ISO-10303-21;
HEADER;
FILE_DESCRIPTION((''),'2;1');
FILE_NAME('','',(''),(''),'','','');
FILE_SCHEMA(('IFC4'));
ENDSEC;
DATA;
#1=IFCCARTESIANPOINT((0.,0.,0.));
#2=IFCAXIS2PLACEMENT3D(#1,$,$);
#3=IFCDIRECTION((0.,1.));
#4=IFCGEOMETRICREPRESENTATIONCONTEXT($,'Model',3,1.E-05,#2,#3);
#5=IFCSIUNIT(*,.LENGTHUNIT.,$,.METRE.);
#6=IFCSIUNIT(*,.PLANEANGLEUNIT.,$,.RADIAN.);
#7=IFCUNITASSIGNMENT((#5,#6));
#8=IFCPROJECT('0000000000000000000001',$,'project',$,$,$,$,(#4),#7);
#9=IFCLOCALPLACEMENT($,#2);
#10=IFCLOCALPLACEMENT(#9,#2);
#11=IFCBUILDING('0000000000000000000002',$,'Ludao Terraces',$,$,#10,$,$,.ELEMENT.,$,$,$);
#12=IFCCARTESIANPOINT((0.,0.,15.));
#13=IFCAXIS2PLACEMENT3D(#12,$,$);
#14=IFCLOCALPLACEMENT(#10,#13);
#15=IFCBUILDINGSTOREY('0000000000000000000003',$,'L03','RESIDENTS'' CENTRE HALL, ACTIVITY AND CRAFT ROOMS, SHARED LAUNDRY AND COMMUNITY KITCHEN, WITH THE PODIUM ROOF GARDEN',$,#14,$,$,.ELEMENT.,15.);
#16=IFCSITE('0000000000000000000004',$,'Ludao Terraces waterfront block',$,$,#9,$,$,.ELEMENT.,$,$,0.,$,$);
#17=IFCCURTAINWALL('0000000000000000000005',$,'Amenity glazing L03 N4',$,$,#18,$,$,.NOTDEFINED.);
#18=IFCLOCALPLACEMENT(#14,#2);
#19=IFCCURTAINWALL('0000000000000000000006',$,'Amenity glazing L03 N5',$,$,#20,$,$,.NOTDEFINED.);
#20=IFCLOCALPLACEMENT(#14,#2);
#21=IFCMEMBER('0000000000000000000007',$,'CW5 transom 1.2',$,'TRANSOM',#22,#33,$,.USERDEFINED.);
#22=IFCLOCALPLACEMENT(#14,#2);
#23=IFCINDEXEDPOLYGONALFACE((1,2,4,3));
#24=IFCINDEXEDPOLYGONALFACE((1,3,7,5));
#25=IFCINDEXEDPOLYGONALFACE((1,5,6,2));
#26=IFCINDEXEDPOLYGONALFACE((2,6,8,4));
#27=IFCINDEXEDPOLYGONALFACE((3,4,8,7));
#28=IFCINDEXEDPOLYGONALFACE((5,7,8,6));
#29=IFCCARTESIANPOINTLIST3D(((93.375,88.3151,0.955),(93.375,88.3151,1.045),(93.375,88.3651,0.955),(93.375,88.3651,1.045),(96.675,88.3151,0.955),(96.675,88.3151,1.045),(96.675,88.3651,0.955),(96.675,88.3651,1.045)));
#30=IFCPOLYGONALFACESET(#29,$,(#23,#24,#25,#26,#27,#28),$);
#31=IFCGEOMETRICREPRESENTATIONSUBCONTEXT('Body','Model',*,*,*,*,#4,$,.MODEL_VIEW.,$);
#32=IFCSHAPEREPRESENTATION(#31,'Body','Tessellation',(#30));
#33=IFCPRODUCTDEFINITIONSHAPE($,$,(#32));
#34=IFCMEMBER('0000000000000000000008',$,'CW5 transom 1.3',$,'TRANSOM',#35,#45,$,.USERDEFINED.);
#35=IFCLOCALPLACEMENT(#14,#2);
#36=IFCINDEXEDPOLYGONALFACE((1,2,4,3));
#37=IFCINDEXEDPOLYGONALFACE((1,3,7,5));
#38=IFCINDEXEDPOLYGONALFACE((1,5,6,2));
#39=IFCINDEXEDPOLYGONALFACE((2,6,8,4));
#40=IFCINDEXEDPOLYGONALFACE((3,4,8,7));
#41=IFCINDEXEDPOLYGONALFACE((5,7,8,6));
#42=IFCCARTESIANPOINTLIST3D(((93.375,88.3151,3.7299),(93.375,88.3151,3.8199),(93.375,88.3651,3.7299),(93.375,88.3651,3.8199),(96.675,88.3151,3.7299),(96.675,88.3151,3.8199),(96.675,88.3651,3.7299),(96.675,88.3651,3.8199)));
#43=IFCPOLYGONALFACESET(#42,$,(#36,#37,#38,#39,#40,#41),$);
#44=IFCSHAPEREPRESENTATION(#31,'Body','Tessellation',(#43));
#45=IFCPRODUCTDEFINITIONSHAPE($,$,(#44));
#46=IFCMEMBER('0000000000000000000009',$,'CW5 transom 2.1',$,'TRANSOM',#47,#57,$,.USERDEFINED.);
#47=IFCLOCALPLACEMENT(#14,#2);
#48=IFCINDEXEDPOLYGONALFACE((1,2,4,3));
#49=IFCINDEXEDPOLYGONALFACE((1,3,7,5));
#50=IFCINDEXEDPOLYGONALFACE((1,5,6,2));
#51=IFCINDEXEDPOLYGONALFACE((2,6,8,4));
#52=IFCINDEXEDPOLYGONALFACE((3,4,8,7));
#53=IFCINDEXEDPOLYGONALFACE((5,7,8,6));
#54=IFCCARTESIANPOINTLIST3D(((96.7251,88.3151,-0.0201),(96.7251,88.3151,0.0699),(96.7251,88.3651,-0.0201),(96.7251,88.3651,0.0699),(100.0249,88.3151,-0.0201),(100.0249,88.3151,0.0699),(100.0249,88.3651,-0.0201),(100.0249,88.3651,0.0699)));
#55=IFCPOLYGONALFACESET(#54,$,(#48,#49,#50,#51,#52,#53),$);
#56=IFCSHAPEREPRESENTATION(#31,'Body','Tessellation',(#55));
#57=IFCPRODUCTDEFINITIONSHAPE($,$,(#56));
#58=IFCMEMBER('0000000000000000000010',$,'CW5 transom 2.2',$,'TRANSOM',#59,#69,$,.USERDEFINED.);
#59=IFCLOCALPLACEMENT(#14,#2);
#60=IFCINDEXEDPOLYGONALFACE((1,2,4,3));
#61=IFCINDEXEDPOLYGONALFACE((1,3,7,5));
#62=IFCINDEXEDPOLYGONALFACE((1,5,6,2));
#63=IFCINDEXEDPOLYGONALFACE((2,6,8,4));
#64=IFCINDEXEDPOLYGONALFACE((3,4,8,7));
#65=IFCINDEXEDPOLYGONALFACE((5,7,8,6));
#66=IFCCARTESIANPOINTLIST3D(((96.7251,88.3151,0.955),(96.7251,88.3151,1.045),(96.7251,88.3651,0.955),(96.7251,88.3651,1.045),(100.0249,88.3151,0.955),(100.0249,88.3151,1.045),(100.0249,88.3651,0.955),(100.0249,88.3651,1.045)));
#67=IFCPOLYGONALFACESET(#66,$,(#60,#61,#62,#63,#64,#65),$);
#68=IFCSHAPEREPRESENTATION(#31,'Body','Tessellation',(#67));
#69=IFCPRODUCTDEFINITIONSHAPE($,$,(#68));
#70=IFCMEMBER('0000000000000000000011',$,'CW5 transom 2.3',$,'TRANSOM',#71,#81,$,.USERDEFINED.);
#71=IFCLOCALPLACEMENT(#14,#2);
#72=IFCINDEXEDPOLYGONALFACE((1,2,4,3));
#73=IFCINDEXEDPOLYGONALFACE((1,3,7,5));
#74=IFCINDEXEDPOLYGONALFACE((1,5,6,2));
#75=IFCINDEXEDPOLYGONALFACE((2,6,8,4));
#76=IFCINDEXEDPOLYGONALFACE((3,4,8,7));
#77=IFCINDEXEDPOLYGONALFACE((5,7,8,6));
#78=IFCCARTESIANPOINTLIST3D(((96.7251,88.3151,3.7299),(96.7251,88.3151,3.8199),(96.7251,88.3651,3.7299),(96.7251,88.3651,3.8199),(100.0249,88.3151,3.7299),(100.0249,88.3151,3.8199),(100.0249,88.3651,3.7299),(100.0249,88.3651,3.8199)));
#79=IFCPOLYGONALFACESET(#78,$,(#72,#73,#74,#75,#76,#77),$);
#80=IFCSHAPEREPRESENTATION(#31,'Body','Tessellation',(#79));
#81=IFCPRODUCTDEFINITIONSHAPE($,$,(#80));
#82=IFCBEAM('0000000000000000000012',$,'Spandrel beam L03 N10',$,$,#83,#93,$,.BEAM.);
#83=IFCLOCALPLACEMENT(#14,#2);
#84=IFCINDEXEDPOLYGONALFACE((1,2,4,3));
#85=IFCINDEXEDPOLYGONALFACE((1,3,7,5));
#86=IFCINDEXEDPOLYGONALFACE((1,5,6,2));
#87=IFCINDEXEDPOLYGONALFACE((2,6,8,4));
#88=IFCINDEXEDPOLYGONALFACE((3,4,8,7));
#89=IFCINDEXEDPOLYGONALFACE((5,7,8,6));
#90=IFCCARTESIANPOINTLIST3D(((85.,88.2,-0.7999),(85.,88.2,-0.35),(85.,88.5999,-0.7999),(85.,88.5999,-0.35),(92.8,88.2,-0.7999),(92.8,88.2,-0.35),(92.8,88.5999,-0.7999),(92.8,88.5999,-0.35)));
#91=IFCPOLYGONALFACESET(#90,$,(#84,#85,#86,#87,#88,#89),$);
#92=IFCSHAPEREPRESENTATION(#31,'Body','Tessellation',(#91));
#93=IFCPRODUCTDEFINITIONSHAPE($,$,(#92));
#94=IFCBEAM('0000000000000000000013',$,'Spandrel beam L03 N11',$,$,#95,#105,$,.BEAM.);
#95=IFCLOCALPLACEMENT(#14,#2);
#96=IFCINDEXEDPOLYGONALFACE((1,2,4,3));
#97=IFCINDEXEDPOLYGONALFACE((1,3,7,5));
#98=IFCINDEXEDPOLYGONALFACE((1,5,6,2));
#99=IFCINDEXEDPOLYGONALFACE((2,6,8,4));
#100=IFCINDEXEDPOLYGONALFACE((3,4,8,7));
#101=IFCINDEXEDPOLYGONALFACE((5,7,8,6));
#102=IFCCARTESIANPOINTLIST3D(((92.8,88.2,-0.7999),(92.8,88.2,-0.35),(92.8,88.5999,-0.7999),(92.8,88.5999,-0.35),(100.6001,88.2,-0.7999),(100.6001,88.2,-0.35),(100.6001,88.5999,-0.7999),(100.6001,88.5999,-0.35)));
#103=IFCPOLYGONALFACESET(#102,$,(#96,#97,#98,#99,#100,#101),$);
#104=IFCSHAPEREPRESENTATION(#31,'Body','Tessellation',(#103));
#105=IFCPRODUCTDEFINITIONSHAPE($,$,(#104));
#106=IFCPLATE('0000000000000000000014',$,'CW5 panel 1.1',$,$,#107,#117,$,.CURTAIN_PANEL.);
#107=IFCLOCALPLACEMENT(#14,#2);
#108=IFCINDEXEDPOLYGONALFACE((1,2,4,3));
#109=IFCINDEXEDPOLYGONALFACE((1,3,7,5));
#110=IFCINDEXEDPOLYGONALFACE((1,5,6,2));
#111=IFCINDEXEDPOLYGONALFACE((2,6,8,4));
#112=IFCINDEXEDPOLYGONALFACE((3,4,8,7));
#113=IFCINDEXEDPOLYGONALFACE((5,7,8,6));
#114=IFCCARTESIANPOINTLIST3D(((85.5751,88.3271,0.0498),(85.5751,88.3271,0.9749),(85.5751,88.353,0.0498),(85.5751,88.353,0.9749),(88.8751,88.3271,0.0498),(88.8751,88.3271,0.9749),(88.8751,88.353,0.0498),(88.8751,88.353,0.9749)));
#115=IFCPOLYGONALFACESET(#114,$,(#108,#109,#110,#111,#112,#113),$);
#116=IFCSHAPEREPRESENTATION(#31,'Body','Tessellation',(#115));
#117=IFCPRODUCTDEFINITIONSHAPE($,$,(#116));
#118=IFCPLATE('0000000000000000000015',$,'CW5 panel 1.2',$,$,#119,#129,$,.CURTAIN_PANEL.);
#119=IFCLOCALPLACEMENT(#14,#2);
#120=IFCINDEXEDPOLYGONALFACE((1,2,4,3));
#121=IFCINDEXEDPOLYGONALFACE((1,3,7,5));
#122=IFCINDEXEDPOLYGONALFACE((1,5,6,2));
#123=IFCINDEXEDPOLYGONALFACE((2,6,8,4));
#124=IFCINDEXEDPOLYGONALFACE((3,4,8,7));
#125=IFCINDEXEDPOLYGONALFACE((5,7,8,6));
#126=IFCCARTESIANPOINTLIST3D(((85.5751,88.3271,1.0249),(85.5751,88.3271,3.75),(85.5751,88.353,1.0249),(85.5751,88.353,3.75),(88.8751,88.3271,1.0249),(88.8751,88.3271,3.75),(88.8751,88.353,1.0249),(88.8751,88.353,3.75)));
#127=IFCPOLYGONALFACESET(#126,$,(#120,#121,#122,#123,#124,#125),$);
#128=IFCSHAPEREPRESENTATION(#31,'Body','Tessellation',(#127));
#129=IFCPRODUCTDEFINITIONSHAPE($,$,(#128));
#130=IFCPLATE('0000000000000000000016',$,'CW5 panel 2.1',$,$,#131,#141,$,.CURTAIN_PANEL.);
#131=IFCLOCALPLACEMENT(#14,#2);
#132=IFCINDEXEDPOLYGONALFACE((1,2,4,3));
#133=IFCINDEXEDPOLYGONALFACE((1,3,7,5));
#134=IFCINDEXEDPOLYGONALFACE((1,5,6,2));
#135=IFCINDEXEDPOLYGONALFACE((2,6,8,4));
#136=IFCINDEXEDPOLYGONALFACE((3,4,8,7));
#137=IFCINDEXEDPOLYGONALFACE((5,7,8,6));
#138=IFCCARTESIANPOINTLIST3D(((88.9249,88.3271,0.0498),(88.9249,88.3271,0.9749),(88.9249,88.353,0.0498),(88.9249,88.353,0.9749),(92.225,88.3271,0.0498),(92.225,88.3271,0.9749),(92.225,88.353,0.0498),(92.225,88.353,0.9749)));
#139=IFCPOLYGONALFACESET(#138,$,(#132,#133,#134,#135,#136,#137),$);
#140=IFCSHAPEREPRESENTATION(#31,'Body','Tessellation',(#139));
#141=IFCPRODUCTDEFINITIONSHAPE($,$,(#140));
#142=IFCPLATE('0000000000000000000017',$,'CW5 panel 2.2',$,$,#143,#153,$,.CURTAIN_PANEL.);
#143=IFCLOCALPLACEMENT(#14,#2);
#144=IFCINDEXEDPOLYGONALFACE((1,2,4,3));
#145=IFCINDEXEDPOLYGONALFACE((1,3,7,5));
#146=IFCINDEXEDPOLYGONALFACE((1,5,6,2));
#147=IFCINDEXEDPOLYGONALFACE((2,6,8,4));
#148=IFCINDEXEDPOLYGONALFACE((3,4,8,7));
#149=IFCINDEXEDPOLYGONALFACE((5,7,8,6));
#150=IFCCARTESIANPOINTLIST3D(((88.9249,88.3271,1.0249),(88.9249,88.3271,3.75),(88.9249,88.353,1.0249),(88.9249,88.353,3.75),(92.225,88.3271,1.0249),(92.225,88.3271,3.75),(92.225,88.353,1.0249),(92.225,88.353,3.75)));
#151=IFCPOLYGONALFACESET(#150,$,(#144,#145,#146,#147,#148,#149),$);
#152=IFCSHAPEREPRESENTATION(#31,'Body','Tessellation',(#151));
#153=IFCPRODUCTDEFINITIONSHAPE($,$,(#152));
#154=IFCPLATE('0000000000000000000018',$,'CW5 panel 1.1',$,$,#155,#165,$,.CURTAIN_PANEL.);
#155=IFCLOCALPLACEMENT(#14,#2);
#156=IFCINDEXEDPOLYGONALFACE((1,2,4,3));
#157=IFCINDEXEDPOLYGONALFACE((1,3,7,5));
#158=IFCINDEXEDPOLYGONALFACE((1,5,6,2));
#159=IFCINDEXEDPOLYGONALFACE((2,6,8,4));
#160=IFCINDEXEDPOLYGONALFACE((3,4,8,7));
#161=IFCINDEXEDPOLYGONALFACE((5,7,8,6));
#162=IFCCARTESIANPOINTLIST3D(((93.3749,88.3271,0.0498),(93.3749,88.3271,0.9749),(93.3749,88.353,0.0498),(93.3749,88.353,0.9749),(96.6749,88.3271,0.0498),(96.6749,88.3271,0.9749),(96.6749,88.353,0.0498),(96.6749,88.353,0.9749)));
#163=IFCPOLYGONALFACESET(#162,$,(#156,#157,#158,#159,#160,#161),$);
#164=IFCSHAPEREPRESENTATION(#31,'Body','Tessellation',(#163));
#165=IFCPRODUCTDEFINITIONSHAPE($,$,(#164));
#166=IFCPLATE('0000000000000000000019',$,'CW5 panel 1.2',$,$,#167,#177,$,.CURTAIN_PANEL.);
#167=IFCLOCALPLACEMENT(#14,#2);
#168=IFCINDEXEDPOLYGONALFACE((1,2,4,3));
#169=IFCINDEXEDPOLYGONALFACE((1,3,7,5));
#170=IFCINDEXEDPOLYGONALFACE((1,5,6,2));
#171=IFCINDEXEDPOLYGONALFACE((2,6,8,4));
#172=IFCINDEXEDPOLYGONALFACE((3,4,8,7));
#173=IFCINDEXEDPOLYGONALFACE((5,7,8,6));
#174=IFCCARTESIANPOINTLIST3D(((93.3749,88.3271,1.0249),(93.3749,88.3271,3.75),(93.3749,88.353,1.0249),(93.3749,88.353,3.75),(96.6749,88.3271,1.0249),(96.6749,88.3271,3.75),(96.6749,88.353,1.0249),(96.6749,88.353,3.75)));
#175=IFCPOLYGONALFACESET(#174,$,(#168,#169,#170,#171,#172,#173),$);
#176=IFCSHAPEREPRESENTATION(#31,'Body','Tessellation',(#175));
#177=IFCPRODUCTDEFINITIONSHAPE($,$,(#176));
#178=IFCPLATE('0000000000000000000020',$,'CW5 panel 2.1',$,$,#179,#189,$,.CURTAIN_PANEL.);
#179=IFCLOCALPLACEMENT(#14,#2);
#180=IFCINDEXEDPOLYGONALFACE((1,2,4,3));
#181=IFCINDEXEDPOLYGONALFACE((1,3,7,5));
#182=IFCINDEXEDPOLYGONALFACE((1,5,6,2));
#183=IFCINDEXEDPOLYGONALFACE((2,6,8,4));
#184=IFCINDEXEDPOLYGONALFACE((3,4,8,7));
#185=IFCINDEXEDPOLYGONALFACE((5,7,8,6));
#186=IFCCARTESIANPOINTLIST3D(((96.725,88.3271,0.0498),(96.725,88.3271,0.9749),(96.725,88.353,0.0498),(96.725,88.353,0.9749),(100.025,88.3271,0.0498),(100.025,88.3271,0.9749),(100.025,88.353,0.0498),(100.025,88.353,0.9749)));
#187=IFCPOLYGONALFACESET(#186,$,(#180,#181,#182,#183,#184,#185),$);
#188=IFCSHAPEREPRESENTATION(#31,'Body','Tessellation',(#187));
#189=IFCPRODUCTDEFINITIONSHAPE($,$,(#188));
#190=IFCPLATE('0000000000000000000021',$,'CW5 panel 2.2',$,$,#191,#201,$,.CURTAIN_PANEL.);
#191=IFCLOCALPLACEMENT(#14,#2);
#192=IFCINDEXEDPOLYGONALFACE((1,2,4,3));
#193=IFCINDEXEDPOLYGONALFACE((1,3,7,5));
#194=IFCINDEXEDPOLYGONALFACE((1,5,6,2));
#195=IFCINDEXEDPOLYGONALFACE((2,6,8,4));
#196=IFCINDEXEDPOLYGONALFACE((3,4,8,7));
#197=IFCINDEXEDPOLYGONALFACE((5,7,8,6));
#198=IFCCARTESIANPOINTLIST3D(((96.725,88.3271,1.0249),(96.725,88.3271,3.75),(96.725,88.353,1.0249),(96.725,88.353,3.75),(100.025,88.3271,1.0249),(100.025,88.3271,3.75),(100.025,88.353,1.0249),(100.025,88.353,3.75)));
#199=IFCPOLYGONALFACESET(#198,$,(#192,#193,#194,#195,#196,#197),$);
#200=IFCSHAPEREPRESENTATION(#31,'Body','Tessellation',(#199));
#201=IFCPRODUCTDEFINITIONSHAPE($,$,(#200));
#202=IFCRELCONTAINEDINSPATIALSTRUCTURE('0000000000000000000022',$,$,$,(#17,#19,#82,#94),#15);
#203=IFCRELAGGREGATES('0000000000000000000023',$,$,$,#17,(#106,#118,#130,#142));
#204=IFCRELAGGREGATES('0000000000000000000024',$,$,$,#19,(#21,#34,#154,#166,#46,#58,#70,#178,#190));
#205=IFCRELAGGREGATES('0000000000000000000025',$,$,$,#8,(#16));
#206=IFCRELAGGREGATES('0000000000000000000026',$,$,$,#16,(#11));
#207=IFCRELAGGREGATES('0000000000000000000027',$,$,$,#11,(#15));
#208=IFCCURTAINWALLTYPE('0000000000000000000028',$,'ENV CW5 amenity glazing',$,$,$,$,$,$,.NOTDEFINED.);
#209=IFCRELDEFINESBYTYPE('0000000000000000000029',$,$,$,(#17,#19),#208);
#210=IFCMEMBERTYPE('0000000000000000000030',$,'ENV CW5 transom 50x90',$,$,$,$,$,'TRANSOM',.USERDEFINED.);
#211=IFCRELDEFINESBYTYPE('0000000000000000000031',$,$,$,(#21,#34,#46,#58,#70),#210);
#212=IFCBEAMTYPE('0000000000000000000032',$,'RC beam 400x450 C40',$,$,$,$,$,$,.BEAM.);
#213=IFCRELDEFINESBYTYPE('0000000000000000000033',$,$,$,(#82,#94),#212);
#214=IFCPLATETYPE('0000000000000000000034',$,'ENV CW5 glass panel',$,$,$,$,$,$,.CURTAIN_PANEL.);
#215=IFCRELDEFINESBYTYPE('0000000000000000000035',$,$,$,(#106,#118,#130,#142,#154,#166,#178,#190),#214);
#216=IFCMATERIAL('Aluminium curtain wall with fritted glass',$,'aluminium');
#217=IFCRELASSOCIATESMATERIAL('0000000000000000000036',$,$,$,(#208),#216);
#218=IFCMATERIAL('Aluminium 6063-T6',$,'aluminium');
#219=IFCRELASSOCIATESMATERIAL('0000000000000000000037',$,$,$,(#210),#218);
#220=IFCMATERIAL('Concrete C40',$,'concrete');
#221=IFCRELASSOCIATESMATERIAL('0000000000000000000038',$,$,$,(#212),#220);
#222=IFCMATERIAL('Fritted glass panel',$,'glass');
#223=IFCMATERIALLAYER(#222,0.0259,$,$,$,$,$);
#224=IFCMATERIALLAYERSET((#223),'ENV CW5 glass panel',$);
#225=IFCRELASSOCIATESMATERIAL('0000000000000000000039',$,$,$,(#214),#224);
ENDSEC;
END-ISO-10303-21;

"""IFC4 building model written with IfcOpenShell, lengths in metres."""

from ifc_helpers import new_model, si_unit, direction, frame, origin, origin_2d, place, context, subcontext, project, spatial, rectangle, extrude, material, layer, layer_set, material_profile, profile_set, type_object, element, aggregate, save


model = new_model("IFC4")

# Units and contexts
model_context = context("Model", 3, precision=1e-05, world=origin(), true_north=direction((0.0, 1.0)))
body_context = subcontext(model_context, "Body", "Model", "MODEL_VIEW")
ifc_project = project(units=[si_unit("LENGTHUNIT", "METRE"), si_unit("PLANEANGLEUNIT", "RADIAN")], contexts=[model_context])

# Site, building, storey
site_placement = place(None, origin())
site = spatial("IfcSite", under=ifc_project, at=site_placement, Name="Ludao Terraces waterfront block", CompositionType="ELEMENT", RefElevation=0.0)
building_placement = place(site_placement, origin())
building = spatial("IfcBuilding", under=site, at=building_placement, Name="Ludao Terraces", CompositionType="ELEMENT")
storey_placement = place(building_placement, frame((0.0, 0.0, 15.0)))
storey = spatial("IfcBuildingStorey", under=building, at=storey_placement, Name="L03", Description="RESIDENTS' CENTRE HALL, ACTIVITY AND CRAFT ROOMS, SHARED LAUNDRY AND COMMUNITY KITCHEN, WITH THE PODIUM ROOF GARDEN", CompositionType="ELEMENT", Elevation=15.0)

# Curtain walls
ifc_material_1 = material(Name="Aluminium curtain wall with fritted glass", Category="aluminium")
curtain_wall_type = type_object("IfcCurtainWallType", Name="ENV CW5 amenity glazing", PredefinedType="NOTDEFINED", material=ifc_material_1)
curtain_wall_1_placement = place(storey_placement, origin())
curtain_wall_1 = element("IfcCurtainWall", 1, at=curtain_wall_1_placement, inside=storey, type_object=curtain_wall_type, Name="Amenity glazing L03 N4", PredefinedType="NOTDEFINED")
ifc_material_2 = material(Name="Aluminium 6063-T6", Category="aluminium")
curtain_wall_2_placement = place(storey_placement, origin())
curtain_wall_2 = element("IfcCurtainWall", 2, at=curtain_wall_2_placement, inside=storey, type_object=curtain_wall_type, Name="Amenity glazing L03 N5", PredefinedType="NOTDEFINED")

# Members
ifc_material_profile_1 = material_profile(ifc_material_2, rectangle(XDim=0.05, YDim=0.0901, at=origin_2d()), Name="50 X 90")
ifc_profile_set_1 = profile_set([ifc_material_profile_1], Name="Aluminium 6063-T6")
member_type_1 = type_object("IfcMemberType", Name="ENV CW5 transom 50x90", ElementType="TRANSOM", PredefinedType="USERDEFINED", material=ifc_profile_set_1)
member_1_placement = place(storey_placement, frame((93.375, 88.3401, 1.0), z_axis=(1.0, 0.0, 0.0), x_axis=(0.0, 1.0, 0.0)))
member_1 = element("IfcMember", 3, at=member_1_placement, type_object=member_type_1, Name="CW5 transom 1.2", ObjectType="TRANSOM", PredefinedType="USERDEFINED", context=body_context, shape_type="SweptSolid", body=[
    extrude(rectangle(XDim=0.05, YDim=0.0901, at=origin_2d()), origin(), (0.0, 0.0, 1.0), 3.3),
])
member_2_placement = place(storey_placement, frame((93.375, 88.3401, 3.7749), z_axis=(1.0, 0.0, 0.0), x_axis=(0.0, 1.0, 0.0)))
member_2 = element("IfcMember", 4, at=member_2_placement, type_object=member_type_1, Name="CW5 transom 1.3", ObjectType="TRANSOM", PredefinedType="USERDEFINED", context=body_context, shape_type="SweptSolid", body=[
    extrude(rectangle(XDim=0.05, YDim=0.0901, at=origin_2d()), origin(), (0.0, 0.0, 1.0), 3.3),
])
member_3_placement = place(storey_placement, frame((96.7251, 88.3401, 0.0249), z_axis=(1.0, 0.0, 0.0), x_axis=(0.0, 1.0, 0.0)))
member_3 = element("IfcMember", 5, at=member_3_placement, type_object=member_type_1, Name="CW5 transom 2.1", ObjectType="TRANSOM", PredefinedType="USERDEFINED", context=body_context, shape_type="SweptSolid", body=[
    extrude(rectangle(XDim=0.05, YDim=0.0901, at=origin_2d()), origin(), (0.0, 0.0, 1.0), 3.2998),
])
member_4_placement = place(storey_placement, frame((96.7251, 88.3401, 1.0), z_axis=(1.0, 0.0, 0.0), x_axis=(0.0, 1.0, 0.0)))
member_4 = element("IfcMember", 6, at=member_4_placement, type_object=member_type_1, Name="CW5 transom 2.2", ObjectType="TRANSOM", PredefinedType="USERDEFINED", context=body_context, shape_type="SweptSolid", body=[
    extrude(rectangle(XDim=0.05, YDim=0.0901, at=origin_2d()), origin(), (0.0, 0.0, 1.0), 3.2998),
])
member_5_placement = place(storey_placement, frame((96.7251, 88.3401, 3.7749), z_axis=(1.0, 0.0, 0.0), x_axis=(0.0, 1.0, 0.0)))
member_5 = element("IfcMember", 7, at=member_5_placement, type_object=member_type_1, Name="CW5 transom 2.3", ObjectType="TRANSOM", PredefinedType="USERDEFINED", context=body_context, shape_type="SweptSolid", body=[
    extrude(rectangle(XDim=0.05, YDim=0.0901, at=origin_2d()), origin(), (0.0, 0.0, 1.0), 3.2998),
])

# Beams
ifc_material_3 = material(Name="Concrete C40", Category="concrete")
ifc_material_profile_2 = material_profile(ifc_material_3, rectangle(XDim=0.3999, YDim=0.45, at=origin_2d()), Name="400 X 450")
ifc_profile_set_2 = profile_set([ifc_material_profile_2], Name="Concrete C40")
beam_type = type_object("IfcBeamType", Name="RC beam 400x450 C40", PredefinedType="BEAM", material=ifc_profile_set_2)
for number, where, z_axis, x_axis, name in (
    (8, (85.0, 88.3999, -0.575), (1.0, 0.0, 0.0), (0.0, 1.0, 0.0), "Spandrel beam L03 N10"),
    (9, (92.8, 88.3999, -0.575), (1.0, 0.0, 0.0), (0.0, 1.0, 0.0), "Spandrel beam L03 N11"),
):
    element("IfcBeam", number, at=place(storey_placement, frame(where, z_axis=z_axis, x_axis=x_axis)), inside=storey, type_object=beam_type, Name=name, PredefinedType="BEAM", context=body_context, shape_type="SweptSolid", body=[
        extrude(rectangle(XDim=0.3999, YDim=0.45, at=origin_2d()), origin(), (0.0, 0.0, 1.0), 7.8),
    ])

# Plates
ifc_material_4 = material(Name="Fritted glass panel", Category="glass")
ifc_layer_1 = layer(ifc_material_4, 0.0259)
ifc_layer_set_1 = layer_set([ifc_layer_1], Name="ENV CW5 glass panel")
plate_type = type_object("IfcPlateType", Name="ENV CW5 glass panel", PredefinedType="CURTAIN_PANEL", material=ifc_layer_set_1)
plate_1_placement = place(storey_placement, frame((87.2251, 88.3401, 0.0498), z_axis=(0.0, 0.0, 1.0), x_axis=(1.0, 0.0, 0.0)))
plate_1 = element("IfcPlate", 10, at=plate_1_placement, type_object=plate_type, Name="CW5 panel 1.1", PredefinedType="CURTAIN_PANEL", context=body_context, shape_type="SweptSolid", body=[
    extrude(rectangle(XDim=3.3, YDim=0.0259, at=origin_2d()), origin(), (0.0, 0.0, 1.0), 0.925),
])
plate_2_placement = place(storey_placement, frame((87.2251, 88.3401, 1.0249), z_axis=(0.0, 0.0, 1.0), x_axis=(1.0, 0.0, 0.0)))
plate_2 = element("IfcPlate", 11, at=plate_2_placement, type_object=plate_type, Name="CW5 panel 1.2", PredefinedType="CURTAIN_PANEL", context=body_context, shape_type="SweptSolid", body=[
    extrude(rectangle(XDim=3.3, YDim=0.0259, at=origin_2d()), origin(), (0.0, 0.0, 1.0), 2.7251),
])
plate_3_placement = place(storey_placement, frame((90.575, 88.3401, 0.0498), z_axis=(0.0, 0.0, 1.0), x_axis=(1.0, 0.0, 0.0)))
plate_3 = element("IfcPlate", 12, at=plate_3_placement, type_object=plate_type, Name="CW5 panel 2.1", PredefinedType="CURTAIN_PANEL", context=body_context, shape_type="SweptSolid", body=[
    extrude(rectangle(XDim=3.3, YDim=0.0259, at=origin_2d()), origin(), (0.0, 0.0, 1.0), 0.925),
])
plate_4_placement = place(storey_placement, frame((90.575, 88.3401, 1.0249), z_axis=(0.0, 0.0, 1.0), x_axis=(1.0, 0.0, 0.0)))
plate_4 = element("IfcPlate", 13, at=plate_4_placement, type_object=plate_type, Name="CW5 panel 2.2", PredefinedType="CURTAIN_PANEL", context=body_context, shape_type="SweptSolid", body=[
    extrude(rectangle(XDim=3.3, YDim=0.0259, at=origin_2d()), origin(), (0.0, 0.0, 1.0), 2.7251),
])
aggregate(curtain_wall_1, [plate_1, plate_2, plate_3, plate_4])
plate_5_placement = place(storey_placement, frame((95.0249, 88.3401, 0.0498), z_axis=(0.0, 0.0, 1.0), x_axis=(1.0, 0.0, 0.0)))
plate_5 = element("IfcPlate", 14, at=plate_5_placement, type_object=plate_type, Name="CW5 panel 1.1", PredefinedType="CURTAIN_PANEL", context=body_context, shape_type="SweptSolid", body=[
    extrude(rectangle(XDim=3.3, YDim=0.0259, at=origin_2d()), origin(), (0.0, 0.0, 1.0), 0.925),
])
plate_6_placement = place(storey_placement, frame((95.0249, 88.3401, 1.0249), z_axis=(0.0, 0.0, 1.0), x_axis=(1.0, 0.0, 0.0)))
plate_6 = element("IfcPlate", 15, at=plate_6_placement, type_object=plate_type, Name="CW5 panel 1.2", PredefinedType="CURTAIN_PANEL", context=body_context, shape_type="SweptSolid", body=[
    extrude(rectangle(XDim=3.3, YDim=0.0259, at=origin_2d()), origin(), (0.0, 0.0, 1.0), 2.7251),
])
plate_7_placement = place(storey_placement, frame((98.375, 88.3401, 0.0498), z_axis=(0.0, 0.0, 1.0), x_axis=(1.0, 0.0, 0.0)))
plate_7 = element("IfcPlate", 16, at=plate_7_placement, type_object=plate_type, Name="CW5 panel 2.1", PredefinedType="CURTAIN_PANEL", context=body_context, shape_type="SweptSolid", body=[
    extrude(rectangle(XDim=3.3, YDim=0.0259, at=origin_2d()), origin(), (0.0, 0.0, 1.0), 0.925),
])
plate_8_placement = place(storey_placement, frame((98.375, 88.3401, 1.0249), z_axis=(0.0, 0.0, 1.0), x_axis=(1.0, 0.0, 0.0)))
plate_8 = element("IfcPlate", 17, at=plate_8_placement, type_object=plate_type, Name="CW5 panel 2.2", PredefinedType="CURTAIN_PANEL", context=body_context, shape_type="SweptSolid", body=[
    extrude(rectangle(XDim=3.3, YDim=0.0259, at=origin_2d()), origin(), (0.0, 0.0, 1.0), 2.7251),
])
aggregate(curtain_wall_2, [member_1, member_2, plate_5, plate_6, member_3, member_4, member_5, plate_7, plate_8])

save(model, "model.ifc")
